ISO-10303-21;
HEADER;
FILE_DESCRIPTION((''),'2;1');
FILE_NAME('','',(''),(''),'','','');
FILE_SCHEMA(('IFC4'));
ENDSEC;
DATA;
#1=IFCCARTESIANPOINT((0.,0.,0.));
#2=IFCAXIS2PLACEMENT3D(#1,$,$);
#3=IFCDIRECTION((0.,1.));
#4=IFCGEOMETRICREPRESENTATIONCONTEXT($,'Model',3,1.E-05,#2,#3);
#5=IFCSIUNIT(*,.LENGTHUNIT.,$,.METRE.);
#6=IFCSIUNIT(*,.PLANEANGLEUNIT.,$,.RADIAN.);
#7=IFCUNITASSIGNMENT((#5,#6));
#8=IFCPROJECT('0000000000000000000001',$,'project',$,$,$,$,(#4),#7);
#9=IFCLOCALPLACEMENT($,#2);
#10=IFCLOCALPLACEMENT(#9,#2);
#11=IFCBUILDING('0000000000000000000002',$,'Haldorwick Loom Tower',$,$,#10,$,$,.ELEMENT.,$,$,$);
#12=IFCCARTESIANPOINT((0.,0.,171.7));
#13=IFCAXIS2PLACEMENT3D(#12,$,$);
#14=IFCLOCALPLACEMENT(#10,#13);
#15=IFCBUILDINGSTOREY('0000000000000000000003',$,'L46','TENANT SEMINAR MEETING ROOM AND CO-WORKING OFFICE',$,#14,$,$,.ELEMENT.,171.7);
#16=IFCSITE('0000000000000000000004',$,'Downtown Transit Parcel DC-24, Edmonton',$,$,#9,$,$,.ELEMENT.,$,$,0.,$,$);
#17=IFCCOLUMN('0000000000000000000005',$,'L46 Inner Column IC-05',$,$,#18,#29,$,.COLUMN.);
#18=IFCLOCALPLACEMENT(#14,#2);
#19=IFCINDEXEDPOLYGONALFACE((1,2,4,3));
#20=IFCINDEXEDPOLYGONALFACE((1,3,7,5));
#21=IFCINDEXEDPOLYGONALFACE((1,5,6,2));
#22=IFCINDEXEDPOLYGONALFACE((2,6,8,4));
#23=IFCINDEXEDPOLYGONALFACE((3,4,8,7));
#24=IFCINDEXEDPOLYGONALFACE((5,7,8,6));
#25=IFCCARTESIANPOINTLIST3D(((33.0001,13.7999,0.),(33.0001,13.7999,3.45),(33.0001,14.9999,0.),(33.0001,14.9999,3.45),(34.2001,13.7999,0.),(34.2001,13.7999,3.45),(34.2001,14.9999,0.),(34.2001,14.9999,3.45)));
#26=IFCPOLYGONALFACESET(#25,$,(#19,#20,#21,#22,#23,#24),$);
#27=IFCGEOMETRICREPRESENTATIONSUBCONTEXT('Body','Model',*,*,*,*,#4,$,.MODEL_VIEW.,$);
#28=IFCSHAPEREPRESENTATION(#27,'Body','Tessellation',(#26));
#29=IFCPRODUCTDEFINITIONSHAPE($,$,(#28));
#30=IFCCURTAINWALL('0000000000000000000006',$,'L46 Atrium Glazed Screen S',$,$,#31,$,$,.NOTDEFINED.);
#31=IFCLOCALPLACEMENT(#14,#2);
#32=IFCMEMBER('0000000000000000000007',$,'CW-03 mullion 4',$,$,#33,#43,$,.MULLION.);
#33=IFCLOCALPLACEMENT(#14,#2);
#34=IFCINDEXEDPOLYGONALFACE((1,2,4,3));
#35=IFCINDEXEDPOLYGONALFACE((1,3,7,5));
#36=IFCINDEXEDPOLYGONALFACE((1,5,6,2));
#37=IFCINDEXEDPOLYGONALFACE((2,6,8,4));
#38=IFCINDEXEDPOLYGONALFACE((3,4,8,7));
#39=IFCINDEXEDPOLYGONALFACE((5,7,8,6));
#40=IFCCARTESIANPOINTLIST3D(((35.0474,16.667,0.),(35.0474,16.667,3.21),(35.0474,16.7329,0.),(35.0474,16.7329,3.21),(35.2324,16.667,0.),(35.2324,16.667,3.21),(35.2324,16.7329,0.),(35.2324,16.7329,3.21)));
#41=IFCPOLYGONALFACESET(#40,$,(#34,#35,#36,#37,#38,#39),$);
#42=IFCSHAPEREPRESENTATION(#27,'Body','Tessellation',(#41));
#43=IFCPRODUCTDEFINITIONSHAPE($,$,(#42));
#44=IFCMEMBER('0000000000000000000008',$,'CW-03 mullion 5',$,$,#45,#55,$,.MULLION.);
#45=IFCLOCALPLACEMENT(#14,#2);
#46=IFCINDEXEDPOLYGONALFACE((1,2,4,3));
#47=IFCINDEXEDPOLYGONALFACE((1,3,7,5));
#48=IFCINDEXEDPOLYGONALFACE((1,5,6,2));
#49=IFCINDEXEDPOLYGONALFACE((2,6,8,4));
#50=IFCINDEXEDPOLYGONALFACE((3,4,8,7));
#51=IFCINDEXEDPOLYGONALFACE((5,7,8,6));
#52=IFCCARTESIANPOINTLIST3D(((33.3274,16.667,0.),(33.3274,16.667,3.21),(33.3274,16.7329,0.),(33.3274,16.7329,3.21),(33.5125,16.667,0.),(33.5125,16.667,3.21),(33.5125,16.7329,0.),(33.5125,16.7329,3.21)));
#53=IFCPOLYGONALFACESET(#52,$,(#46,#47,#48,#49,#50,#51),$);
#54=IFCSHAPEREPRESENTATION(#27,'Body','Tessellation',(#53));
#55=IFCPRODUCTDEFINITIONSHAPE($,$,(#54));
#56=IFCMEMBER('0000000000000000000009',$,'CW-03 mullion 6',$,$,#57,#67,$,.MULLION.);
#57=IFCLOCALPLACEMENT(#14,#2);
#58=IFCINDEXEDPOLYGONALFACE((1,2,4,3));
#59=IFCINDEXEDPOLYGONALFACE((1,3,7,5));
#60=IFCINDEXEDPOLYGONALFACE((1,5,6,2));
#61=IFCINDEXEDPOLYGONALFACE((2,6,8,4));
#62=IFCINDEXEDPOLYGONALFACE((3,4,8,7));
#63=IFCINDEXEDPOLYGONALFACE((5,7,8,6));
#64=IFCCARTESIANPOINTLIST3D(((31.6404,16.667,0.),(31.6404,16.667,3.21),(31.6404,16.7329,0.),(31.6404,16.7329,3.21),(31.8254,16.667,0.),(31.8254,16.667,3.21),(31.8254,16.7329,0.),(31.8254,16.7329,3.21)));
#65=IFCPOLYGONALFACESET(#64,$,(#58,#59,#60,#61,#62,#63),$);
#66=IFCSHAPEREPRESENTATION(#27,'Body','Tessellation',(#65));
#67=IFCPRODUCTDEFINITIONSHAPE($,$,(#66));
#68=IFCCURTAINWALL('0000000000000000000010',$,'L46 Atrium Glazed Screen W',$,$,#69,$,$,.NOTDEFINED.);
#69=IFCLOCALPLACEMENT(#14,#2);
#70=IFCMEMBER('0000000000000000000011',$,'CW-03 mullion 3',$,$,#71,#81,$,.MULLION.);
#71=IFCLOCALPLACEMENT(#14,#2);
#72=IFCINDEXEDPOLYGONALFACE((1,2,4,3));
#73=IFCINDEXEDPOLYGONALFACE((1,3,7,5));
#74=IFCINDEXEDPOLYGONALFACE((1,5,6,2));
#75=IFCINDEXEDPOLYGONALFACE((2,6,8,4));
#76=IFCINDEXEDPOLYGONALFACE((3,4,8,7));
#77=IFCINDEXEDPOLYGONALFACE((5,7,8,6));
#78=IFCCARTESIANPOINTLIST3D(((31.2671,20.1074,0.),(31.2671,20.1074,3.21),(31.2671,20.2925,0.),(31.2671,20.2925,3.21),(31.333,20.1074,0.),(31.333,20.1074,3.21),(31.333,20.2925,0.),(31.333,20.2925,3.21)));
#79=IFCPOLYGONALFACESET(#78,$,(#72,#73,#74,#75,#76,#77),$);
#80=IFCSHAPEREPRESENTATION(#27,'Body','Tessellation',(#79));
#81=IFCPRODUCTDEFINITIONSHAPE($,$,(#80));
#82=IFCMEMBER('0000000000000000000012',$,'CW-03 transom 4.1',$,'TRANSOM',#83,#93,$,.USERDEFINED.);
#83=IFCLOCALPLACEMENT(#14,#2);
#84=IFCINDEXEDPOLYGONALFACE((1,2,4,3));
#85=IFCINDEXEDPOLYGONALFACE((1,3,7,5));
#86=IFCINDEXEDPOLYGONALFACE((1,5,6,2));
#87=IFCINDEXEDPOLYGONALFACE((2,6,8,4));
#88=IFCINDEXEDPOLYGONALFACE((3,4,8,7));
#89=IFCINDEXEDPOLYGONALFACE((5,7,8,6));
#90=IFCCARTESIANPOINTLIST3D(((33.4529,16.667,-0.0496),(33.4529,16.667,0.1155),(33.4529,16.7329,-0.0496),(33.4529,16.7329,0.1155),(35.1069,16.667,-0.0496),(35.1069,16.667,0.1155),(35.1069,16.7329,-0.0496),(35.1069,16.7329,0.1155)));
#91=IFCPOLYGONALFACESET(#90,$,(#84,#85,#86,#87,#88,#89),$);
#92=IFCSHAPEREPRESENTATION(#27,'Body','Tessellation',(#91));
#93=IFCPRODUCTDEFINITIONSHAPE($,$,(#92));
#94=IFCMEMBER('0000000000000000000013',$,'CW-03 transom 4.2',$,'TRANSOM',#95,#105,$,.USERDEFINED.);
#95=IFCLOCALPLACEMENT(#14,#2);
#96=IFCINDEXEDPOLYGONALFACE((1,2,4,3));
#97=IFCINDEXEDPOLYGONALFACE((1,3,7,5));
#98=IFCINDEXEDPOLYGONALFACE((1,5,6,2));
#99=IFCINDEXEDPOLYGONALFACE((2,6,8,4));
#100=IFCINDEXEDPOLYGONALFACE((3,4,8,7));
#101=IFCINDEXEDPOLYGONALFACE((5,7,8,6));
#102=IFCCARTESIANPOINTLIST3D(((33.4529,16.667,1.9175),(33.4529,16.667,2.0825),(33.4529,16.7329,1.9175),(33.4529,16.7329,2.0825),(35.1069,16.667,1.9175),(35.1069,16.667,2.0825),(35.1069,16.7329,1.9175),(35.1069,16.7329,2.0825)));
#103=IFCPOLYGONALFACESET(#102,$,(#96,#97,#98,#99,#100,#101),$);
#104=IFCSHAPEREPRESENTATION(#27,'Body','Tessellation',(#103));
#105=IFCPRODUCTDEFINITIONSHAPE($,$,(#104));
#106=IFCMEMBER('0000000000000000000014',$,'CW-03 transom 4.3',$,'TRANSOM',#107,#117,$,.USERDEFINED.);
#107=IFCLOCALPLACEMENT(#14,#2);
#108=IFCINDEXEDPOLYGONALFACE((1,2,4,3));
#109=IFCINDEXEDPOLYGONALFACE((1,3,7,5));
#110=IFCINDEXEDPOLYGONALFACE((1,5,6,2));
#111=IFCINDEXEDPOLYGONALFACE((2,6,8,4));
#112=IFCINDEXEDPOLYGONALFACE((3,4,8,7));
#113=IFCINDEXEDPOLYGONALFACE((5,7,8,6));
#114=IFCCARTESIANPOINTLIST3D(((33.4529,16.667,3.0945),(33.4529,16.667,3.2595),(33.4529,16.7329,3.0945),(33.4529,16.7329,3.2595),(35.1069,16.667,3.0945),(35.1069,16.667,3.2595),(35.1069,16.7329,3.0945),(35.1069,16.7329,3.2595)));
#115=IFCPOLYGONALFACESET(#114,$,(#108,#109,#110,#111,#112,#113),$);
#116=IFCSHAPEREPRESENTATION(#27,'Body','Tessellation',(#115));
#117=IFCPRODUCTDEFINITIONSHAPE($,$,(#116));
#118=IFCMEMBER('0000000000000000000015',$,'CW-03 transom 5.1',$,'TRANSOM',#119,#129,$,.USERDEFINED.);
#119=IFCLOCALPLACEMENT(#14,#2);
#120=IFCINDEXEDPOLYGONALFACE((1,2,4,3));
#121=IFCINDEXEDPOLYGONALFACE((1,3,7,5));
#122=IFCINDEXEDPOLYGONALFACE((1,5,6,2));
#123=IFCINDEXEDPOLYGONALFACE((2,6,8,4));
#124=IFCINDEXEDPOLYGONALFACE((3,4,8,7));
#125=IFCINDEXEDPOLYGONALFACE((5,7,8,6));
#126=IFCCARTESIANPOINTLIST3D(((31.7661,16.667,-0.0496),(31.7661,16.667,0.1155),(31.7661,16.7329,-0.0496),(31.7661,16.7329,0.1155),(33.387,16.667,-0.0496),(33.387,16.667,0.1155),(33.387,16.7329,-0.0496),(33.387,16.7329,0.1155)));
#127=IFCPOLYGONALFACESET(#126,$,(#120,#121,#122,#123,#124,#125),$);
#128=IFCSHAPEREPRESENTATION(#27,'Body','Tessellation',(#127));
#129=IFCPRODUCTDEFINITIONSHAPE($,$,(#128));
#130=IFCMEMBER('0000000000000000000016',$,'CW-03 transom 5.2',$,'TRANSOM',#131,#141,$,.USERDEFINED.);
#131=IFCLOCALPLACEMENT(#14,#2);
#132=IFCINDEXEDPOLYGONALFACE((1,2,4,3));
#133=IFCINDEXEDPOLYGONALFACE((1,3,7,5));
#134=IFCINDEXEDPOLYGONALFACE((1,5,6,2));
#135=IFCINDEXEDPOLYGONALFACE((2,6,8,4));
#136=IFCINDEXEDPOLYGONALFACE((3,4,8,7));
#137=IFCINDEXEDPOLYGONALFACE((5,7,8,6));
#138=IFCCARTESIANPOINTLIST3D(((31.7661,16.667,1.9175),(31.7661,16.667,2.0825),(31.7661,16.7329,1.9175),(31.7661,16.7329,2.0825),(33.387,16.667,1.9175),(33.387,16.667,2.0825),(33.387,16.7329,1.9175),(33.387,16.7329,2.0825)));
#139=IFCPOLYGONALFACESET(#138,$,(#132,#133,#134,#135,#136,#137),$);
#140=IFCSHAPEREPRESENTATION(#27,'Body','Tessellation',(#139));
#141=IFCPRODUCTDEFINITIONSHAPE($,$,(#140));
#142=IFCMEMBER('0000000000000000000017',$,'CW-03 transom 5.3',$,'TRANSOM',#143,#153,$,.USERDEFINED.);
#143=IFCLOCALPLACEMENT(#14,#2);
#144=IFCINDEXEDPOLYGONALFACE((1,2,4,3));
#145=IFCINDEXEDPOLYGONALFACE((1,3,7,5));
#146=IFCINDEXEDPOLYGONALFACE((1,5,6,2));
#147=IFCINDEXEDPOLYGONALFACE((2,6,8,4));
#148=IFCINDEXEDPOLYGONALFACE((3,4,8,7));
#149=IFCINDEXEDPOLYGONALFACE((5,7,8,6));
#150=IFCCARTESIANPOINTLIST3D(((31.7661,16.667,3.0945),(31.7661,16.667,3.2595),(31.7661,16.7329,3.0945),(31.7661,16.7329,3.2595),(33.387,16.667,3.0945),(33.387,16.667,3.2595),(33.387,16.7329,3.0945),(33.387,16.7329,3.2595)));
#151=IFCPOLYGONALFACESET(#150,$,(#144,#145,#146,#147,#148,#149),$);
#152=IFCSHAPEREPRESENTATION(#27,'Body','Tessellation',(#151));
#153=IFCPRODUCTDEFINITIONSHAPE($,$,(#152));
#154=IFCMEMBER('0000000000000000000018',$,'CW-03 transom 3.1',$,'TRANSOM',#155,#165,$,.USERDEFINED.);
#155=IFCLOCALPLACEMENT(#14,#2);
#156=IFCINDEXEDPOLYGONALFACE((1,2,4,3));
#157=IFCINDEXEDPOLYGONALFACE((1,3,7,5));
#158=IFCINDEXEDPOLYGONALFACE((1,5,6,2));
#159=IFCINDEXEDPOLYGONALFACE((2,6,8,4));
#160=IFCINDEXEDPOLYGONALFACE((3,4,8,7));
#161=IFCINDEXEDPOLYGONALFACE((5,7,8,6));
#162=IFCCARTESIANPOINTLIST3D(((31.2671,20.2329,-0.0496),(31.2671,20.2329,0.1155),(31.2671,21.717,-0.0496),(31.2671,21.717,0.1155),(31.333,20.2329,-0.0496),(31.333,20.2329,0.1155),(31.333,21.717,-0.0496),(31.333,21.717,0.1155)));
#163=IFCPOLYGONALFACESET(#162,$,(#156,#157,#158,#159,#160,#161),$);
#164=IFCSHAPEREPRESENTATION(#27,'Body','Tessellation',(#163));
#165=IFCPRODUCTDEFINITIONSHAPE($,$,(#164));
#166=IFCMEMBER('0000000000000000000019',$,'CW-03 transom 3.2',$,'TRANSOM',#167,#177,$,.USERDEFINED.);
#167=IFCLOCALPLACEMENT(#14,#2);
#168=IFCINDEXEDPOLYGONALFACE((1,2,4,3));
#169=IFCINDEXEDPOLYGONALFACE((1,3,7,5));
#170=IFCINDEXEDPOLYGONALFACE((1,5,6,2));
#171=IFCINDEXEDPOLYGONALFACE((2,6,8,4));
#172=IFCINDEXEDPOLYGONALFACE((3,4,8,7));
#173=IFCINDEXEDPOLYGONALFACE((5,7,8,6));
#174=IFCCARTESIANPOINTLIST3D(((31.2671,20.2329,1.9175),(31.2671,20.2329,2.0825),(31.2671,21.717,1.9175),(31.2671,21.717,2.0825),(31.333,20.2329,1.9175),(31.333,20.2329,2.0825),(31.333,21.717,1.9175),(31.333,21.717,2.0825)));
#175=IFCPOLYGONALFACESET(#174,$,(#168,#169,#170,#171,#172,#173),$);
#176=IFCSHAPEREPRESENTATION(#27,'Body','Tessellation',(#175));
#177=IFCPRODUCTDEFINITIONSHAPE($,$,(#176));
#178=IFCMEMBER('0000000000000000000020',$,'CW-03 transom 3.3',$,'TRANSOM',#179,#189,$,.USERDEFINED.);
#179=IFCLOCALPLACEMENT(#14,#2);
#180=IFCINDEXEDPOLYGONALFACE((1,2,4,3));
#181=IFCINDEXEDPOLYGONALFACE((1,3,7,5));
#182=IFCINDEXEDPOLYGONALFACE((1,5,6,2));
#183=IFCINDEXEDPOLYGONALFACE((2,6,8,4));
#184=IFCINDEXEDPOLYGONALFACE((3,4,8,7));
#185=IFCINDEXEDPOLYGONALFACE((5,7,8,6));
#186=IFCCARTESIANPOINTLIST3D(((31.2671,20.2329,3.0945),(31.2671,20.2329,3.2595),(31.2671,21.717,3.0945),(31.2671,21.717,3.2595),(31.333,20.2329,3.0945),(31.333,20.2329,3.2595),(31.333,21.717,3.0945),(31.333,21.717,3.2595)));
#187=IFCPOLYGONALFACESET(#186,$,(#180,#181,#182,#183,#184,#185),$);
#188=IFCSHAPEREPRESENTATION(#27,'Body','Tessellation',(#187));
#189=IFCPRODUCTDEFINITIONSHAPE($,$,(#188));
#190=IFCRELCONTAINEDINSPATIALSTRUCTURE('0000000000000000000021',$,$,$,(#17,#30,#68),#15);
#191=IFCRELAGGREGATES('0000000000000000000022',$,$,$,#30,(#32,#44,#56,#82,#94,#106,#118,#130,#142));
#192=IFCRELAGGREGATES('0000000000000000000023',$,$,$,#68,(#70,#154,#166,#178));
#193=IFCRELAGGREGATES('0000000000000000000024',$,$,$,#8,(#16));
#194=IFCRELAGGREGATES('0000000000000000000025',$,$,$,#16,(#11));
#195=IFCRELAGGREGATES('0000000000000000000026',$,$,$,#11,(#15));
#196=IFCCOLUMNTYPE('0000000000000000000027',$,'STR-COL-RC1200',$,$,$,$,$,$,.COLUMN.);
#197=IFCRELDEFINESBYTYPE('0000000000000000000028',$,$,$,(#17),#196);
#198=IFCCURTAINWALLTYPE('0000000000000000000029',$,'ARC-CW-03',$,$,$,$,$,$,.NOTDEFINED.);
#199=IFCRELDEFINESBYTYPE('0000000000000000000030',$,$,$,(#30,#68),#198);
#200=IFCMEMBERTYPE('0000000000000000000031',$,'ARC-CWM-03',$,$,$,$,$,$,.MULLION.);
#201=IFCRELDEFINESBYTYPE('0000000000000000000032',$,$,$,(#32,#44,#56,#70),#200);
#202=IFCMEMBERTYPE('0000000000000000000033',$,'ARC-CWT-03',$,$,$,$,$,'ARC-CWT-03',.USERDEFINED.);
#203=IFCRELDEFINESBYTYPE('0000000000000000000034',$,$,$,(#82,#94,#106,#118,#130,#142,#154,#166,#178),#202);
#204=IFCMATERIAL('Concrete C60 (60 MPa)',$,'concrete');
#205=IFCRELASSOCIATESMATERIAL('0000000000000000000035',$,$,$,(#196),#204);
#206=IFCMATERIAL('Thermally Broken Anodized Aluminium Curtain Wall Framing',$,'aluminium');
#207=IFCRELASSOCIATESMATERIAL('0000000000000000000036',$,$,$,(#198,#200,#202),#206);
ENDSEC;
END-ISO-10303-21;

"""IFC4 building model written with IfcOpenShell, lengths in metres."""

from ifc_helpers import new_model, si_unit, direction, frame, origin, origin_2d, place, context, subcontext, project, spatial, rectangle, extrude, material, material_profile, profile_set, type_object, element, aggregate, save


model = new_model("IFC4")

# Units and contexts
model_context = context("Model", 3, precision=1e-05, world=origin(), true_north=direction((0.0, 1.0)))
body_context = subcontext(model_context, "Body", "Model", "MODEL_VIEW")
ifc_project = project(units=[si_unit("LENGTHUNIT", "METRE"), si_unit("PLANEANGLEUNIT", "RADIAN")], contexts=[model_context])

# Site, building, storey
site_placement = place(None, origin())
site = spatial("IfcSite", under=ifc_project, at=site_placement, Name="Downtown Transit Parcel DC-24, Edmonton", CompositionType="ELEMENT", RefElevation=0.0)
building_placement = place(site_placement, origin())
building = spatial("IfcBuilding", under=site, at=building_placement, Name="Haldorwick Loom Tower", CompositionType="ELEMENT")
storey_placement = place(building_placement, frame((0.0, 0.0, 171.7)))
storey = spatial("IfcBuildingStorey", under=building, at=storey_placement, Name="L46", Description="TENANT SEMINAR MEETING ROOM AND CO-WORKING OFFICE", CompositionType="ELEMENT", Elevation=171.7)

# Column
ifc_material_1 = material(Name="Concrete C60 (60 MPa)", Category="concrete")
ifc_material_profile_1 = material_profile(ifc_material_1, rectangle(XDim=1.2, YDim=1.2, at=origin_2d()), Name="RC1200X1200", Category="concrete")
ifc_profile_set_1 = profile_set([ifc_material_profile_1], Name="Concrete C60 (60 MPa)")
column_type = type_object("IfcColumnType", Name="STR-COL-RC1200", PredefinedType="COLUMN", material=ifc_profile_set_1)
column_placement = place(storey_placement, frame((33.6001, 14.3999, 0.0), z_axis=(0.0, 0.0, 1.0), x_axis=(1.0, 0.0, 0.0)))
element("IfcColumn", 1, at=column_placement, inside=storey, type_object=column_type, Name="L46 Inner Column IC-05", PredefinedType="COLUMN", context=body_context, shape_type="SweptSolid", body=[
    extrude(rectangle(XDim=1.2, YDim=1.2, at=origin_2d()), origin(), (0.0, 0.0, 1.0), 3.45),
])

# Curtain wall, members
ifc_material_2 = material(Name="Thermally Broken Anodized Aluminium Curtain Wall Framing", Category="aluminium")
curtain_wall_type = type_object("IfcCurtainWallType", Name="ARC-CW-03", PredefinedType="NOTDEFINED", material=ifc_material_2)
curtain_wall_1_placement = place(storey_placement, origin())
curtain_wall_1 = element("IfcCurtainWall", 2, at=curtain_wall_1_placement, inside=storey, type_object=curtain_wall_type, Name="L46 Atrium Glazed Screen S", PredefinedType="NOTDEFINED")
ifc_material_profile_2 = material_profile(ifc_material_2, rectangle(XDim=0.0659, YDim=0.1851, at=origin_2d()), Name="ALU_MUL_66X185", Category="aluminium")
ifc_profile_set_2 = profile_set([ifc_material_profile_2], Name="Thermally Broken Anodized Aluminium Curtain Wall Framing")
member_type_1 = type_object("IfcMemberType", Name="ARC-CWM-03", PredefinedType="MULLION", material=ifc_profile_set_2)
member_1_placement = place(storey_placement, frame((35.1399, 16.7, 0.0), z_axis=(0.0, 0.0, 1.0), x_axis=(0.0, -1.0, 0.0)))
member_1 = element("IfcMember", 3, at=member_1_placement, type_object=member_type_1, Name="CW-03 mullion 4", PredefinedType="MULLION", context=body_context, shape_type="SweptSolid", body=[
    extrude(rectangle(XDim=0.0659, YDim=0.1851, at=origin_2d()), origin(), (0.0, 0.0, 1.0), 3.21),
])
member_2_placement = place(storey_placement, frame((33.4199, 16.7, 0.0), z_axis=(0.0, 0.0, 1.0), x_axis=(0.0, -1.0, 0.0)))
member_2 = element("IfcMember", 4, at=member_2_placement, type_object=member_type_1, Name="CW-03 mullion 5", PredefinedType="MULLION", context=body_context, shape_type="SweptSolid", body=[
    extrude(rectangle(XDim=0.0659, YDim=0.1851, at=origin_2d()), origin(), (0.0, 0.0, 1.0), 3.21),
])
member_3_placement = place(storey_placement, frame((31.7329, 16.7, 0.0), z_axis=(0.0, 0.0, 1.0), x_axis=(0.0, -1.0, 0.0)))
member_3 = element("IfcMember", 5, at=member_3_placement, type_object=member_type_1, Name="CW-03 mullion 6", PredefinedType="MULLION", context=body_context, shape_type="SweptSolid", body=[
    extrude(rectangle(XDim=0.0659, YDim=0.1851, at=origin_2d()), origin(), (0.0, 0.0, 1.0), 3.21),
])

# Curtain wall, member
curtain_wall_2_placement = place(storey_placement, origin())
curtain_wall_2 = element("IfcCurtainWall", 6, at=curtain_wall_2_placement, inside=storey, type_object=curtain_wall_type, Name="L46 Atrium Glazed Screen W", PredefinedType="NOTDEFINED")
member_4_placement = place(storey_placement, frame((31.3, 20.2, 0.0), z_axis=(0.0, 0.0, 1.0), x_axis=(-1.0, 0.0, 0.0)))
member_4 = element("IfcMember", 7, at=member_4_placement, type_object=member_type_1, Name="CW-03 mullion 3", PredefinedType="MULLION", context=body_context, shape_type="SweptSolid", body=[
    extrude(rectangle(XDim=0.0659, YDim=0.1851, at=origin_2d()), origin(), (0.0, 0.0, 1.0), 3.21),
])

# Members
ifc_material_profile_3 = material_profile(ifc_material_2, rectangle(XDim=0.0659, YDim=0.165, at=origin_2d()), Name="ALU_TRN_66X165", Category="aluminium")
ifc_profile_set_3 = profile_set([ifc_material_profile_3], Name="Thermally Broken Anodized Aluminium Curtain Wall Framing")
member_type_2 = type_object("IfcMemberType", Name="ARC-CWT-03", ElementType="ARC-CWT-03", PredefinedType="USERDEFINED", material=ifc_profile_set_3)
member_5_placement = place(storey_placement, frame((35.1069, 16.7, 0.033), z_axis=(-1.0, 0.0, 0.0), x_axis=(0.0, -1.0, 0.0)))
member_5 = element("IfcMember", 8, at=member_5_placement, type_object=member_type_2, Name="CW-03 transom 4.1", ObjectType="TRANSOM", PredefinedType="USERDEFINED", context=body_context, shape_type="SweptSolid", body=[
    extrude(rectangle(XDim=0.0659, YDim=0.165, at=origin_2d()), origin(), (0.0, 0.0, 1.0), 1.6541),
])
member_6_placement = place(storey_placement, frame((35.1069, 16.7, 2.0), z_axis=(-1.0, 0.0, 0.0), x_axis=(0.0, -1.0, 0.0)))
member_6 = element("IfcMember", 9, at=member_6_placement, type_object=member_type_2, Name="CW-03 transom 4.2", ObjectType="TRANSOM", PredefinedType="USERDEFINED", context=body_context, shape_type="SweptSolid", body=[
    extrude(rectangle(XDim=0.0659, YDim=0.165, at=origin_2d()), origin(), (0.0, 0.0, 1.0), 1.6541),
])
member_7_placement = place(storey_placement, frame((35.1069, 16.7, 3.177), z_axis=(-1.0, 0.0, 0.0), x_axis=(0.0, -1.0, 0.0)))
member_7 = element("IfcMember", 10, at=member_7_placement, type_object=member_type_2, Name="CW-03 transom 4.3", ObjectType="TRANSOM", PredefinedType="USERDEFINED", context=body_context, shape_type="SweptSolid", body=[
    extrude(rectangle(XDim=0.0659, YDim=0.165, at=origin_2d()), origin(), (0.0, 0.0, 1.0), 1.6541),
])
member_8_placement = place(storey_placement, frame((33.387, 16.7, 0.033), z_axis=(-1.0, 0.0, 0.0), x_axis=(0.0, -1.0, 0.0)))
member_8 = element("IfcMember", 11, at=member_8_placement, type_object=member_type_2, Name="CW-03 transom 5.1", ObjectType="TRANSOM", PredefinedType="USERDEFINED", context=body_context, shape_type="SweptSolid", body=[
    extrude(rectangle(XDim=0.0659, YDim=0.165, at=origin_2d()), origin(), (0.0, 0.0, 1.0), 1.6208),
])
member_9_placement = place(storey_placement, frame((33.387, 16.7, 2.0), z_axis=(-1.0, 0.0, 0.0), x_axis=(0.0, -1.0, 0.0)))
member_9 = element("IfcMember", 12, at=member_9_placement, type_object=member_type_2, Name="CW-03 transom 5.2", ObjectType="TRANSOM", PredefinedType="USERDEFINED", context=body_context, shape_type="SweptSolid", body=[
    extrude(rectangle(XDim=0.0659, YDim=0.165, at=origin_2d()), origin(), (0.0, 0.0, 1.0), 1.6208),
])
member_10_placement = place(storey_placement, frame((33.387, 16.7, 3.177), z_axis=(-1.0, 0.0, 0.0), x_axis=(0.0, -1.0, 0.0)))
member_10 = element("IfcMember", 13, at=member_10_placement, type_object=member_type_2, Name="CW-03 transom 5.3", ObjectType="TRANSOM", PredefinedType="USERDEFINED", context=body_context, shape_type="SweptSolid", body=[
    extrude(rectangle(XDim=0.0659, YDim=0.165, at=origin_2d()), origin(), (0.0, 0.0, 1.0), 1.6208),
])
member_11_placement = place(storey_placement, frame((31.3, 20.2329, 0.033), z_axis=(0.0, 1.0, 0.0), x_axis=(-1.0, 0.0, 0.0)))
member_11 = element("IfcMember", 14, at=member_11_placement, type_object=member_type_2, Name="CW-03 transom 3.1", ObjectType="TRANSOM", PredefinedType="USERDEFINED", context=body_context, shape_type="SweptSolid", body=[
    extrude(rectangle(XDim=0.0659, YDim=0.165, at=origin_2d()), origin(), (0.0, 0.0, 1.0), 1.4841),
])
member_12_placement = place(storey_placement, frame((31.3, 20.2329, 2.0), z_axis=(0.0, 1.0, 0.0), x_axis=(-1.0, 0.0, 0.0)))
member_12 = element("IfcMember", 15, at=member_12_placement, type_object=member_type_2, Name="CW-03 transom 3.2", ObjectType="TRANSOM", PredefinedType="USERDEFINED", context=body_context, shape_type="SweptSolid", body=[
    extrude(rectangle(XDim=0.0659, YDim=0.165, at=origin_2d()), origin(), (0.0, 0.0, 1.0), 1.4841),
])
member_13_placement = place(storey_placement, frame((31.3, 20.2329, 3.177), z_axis=(0.0, 1.0, 0.0), x_axis=(-1.0, 0.0, 0.0)))
member_13 = element("IfcMember", 16, at=member_13_placement, type_object=member_type_2, Name="CW-03 transom 3.3", ObjectType="TRANSOM", PredefinedType="USERDEFINED", context=body_context, shape_type="SweptSolid", body=[
    extrude(rectangle(XDim=0.0659, YDim=0.165, at=origin_2d()), origin(), (0.0, 0.0, 1.0), 1.4841),
])

aggregate(curtain_wall_1, [member_1, member_2, member_3, member_5, member_6, member_7, member_8, member_9, member_10])
aggregate(curtain_wall_2, [member_4, member_11, member_12, member_13])

save(model, "model.ifc")
